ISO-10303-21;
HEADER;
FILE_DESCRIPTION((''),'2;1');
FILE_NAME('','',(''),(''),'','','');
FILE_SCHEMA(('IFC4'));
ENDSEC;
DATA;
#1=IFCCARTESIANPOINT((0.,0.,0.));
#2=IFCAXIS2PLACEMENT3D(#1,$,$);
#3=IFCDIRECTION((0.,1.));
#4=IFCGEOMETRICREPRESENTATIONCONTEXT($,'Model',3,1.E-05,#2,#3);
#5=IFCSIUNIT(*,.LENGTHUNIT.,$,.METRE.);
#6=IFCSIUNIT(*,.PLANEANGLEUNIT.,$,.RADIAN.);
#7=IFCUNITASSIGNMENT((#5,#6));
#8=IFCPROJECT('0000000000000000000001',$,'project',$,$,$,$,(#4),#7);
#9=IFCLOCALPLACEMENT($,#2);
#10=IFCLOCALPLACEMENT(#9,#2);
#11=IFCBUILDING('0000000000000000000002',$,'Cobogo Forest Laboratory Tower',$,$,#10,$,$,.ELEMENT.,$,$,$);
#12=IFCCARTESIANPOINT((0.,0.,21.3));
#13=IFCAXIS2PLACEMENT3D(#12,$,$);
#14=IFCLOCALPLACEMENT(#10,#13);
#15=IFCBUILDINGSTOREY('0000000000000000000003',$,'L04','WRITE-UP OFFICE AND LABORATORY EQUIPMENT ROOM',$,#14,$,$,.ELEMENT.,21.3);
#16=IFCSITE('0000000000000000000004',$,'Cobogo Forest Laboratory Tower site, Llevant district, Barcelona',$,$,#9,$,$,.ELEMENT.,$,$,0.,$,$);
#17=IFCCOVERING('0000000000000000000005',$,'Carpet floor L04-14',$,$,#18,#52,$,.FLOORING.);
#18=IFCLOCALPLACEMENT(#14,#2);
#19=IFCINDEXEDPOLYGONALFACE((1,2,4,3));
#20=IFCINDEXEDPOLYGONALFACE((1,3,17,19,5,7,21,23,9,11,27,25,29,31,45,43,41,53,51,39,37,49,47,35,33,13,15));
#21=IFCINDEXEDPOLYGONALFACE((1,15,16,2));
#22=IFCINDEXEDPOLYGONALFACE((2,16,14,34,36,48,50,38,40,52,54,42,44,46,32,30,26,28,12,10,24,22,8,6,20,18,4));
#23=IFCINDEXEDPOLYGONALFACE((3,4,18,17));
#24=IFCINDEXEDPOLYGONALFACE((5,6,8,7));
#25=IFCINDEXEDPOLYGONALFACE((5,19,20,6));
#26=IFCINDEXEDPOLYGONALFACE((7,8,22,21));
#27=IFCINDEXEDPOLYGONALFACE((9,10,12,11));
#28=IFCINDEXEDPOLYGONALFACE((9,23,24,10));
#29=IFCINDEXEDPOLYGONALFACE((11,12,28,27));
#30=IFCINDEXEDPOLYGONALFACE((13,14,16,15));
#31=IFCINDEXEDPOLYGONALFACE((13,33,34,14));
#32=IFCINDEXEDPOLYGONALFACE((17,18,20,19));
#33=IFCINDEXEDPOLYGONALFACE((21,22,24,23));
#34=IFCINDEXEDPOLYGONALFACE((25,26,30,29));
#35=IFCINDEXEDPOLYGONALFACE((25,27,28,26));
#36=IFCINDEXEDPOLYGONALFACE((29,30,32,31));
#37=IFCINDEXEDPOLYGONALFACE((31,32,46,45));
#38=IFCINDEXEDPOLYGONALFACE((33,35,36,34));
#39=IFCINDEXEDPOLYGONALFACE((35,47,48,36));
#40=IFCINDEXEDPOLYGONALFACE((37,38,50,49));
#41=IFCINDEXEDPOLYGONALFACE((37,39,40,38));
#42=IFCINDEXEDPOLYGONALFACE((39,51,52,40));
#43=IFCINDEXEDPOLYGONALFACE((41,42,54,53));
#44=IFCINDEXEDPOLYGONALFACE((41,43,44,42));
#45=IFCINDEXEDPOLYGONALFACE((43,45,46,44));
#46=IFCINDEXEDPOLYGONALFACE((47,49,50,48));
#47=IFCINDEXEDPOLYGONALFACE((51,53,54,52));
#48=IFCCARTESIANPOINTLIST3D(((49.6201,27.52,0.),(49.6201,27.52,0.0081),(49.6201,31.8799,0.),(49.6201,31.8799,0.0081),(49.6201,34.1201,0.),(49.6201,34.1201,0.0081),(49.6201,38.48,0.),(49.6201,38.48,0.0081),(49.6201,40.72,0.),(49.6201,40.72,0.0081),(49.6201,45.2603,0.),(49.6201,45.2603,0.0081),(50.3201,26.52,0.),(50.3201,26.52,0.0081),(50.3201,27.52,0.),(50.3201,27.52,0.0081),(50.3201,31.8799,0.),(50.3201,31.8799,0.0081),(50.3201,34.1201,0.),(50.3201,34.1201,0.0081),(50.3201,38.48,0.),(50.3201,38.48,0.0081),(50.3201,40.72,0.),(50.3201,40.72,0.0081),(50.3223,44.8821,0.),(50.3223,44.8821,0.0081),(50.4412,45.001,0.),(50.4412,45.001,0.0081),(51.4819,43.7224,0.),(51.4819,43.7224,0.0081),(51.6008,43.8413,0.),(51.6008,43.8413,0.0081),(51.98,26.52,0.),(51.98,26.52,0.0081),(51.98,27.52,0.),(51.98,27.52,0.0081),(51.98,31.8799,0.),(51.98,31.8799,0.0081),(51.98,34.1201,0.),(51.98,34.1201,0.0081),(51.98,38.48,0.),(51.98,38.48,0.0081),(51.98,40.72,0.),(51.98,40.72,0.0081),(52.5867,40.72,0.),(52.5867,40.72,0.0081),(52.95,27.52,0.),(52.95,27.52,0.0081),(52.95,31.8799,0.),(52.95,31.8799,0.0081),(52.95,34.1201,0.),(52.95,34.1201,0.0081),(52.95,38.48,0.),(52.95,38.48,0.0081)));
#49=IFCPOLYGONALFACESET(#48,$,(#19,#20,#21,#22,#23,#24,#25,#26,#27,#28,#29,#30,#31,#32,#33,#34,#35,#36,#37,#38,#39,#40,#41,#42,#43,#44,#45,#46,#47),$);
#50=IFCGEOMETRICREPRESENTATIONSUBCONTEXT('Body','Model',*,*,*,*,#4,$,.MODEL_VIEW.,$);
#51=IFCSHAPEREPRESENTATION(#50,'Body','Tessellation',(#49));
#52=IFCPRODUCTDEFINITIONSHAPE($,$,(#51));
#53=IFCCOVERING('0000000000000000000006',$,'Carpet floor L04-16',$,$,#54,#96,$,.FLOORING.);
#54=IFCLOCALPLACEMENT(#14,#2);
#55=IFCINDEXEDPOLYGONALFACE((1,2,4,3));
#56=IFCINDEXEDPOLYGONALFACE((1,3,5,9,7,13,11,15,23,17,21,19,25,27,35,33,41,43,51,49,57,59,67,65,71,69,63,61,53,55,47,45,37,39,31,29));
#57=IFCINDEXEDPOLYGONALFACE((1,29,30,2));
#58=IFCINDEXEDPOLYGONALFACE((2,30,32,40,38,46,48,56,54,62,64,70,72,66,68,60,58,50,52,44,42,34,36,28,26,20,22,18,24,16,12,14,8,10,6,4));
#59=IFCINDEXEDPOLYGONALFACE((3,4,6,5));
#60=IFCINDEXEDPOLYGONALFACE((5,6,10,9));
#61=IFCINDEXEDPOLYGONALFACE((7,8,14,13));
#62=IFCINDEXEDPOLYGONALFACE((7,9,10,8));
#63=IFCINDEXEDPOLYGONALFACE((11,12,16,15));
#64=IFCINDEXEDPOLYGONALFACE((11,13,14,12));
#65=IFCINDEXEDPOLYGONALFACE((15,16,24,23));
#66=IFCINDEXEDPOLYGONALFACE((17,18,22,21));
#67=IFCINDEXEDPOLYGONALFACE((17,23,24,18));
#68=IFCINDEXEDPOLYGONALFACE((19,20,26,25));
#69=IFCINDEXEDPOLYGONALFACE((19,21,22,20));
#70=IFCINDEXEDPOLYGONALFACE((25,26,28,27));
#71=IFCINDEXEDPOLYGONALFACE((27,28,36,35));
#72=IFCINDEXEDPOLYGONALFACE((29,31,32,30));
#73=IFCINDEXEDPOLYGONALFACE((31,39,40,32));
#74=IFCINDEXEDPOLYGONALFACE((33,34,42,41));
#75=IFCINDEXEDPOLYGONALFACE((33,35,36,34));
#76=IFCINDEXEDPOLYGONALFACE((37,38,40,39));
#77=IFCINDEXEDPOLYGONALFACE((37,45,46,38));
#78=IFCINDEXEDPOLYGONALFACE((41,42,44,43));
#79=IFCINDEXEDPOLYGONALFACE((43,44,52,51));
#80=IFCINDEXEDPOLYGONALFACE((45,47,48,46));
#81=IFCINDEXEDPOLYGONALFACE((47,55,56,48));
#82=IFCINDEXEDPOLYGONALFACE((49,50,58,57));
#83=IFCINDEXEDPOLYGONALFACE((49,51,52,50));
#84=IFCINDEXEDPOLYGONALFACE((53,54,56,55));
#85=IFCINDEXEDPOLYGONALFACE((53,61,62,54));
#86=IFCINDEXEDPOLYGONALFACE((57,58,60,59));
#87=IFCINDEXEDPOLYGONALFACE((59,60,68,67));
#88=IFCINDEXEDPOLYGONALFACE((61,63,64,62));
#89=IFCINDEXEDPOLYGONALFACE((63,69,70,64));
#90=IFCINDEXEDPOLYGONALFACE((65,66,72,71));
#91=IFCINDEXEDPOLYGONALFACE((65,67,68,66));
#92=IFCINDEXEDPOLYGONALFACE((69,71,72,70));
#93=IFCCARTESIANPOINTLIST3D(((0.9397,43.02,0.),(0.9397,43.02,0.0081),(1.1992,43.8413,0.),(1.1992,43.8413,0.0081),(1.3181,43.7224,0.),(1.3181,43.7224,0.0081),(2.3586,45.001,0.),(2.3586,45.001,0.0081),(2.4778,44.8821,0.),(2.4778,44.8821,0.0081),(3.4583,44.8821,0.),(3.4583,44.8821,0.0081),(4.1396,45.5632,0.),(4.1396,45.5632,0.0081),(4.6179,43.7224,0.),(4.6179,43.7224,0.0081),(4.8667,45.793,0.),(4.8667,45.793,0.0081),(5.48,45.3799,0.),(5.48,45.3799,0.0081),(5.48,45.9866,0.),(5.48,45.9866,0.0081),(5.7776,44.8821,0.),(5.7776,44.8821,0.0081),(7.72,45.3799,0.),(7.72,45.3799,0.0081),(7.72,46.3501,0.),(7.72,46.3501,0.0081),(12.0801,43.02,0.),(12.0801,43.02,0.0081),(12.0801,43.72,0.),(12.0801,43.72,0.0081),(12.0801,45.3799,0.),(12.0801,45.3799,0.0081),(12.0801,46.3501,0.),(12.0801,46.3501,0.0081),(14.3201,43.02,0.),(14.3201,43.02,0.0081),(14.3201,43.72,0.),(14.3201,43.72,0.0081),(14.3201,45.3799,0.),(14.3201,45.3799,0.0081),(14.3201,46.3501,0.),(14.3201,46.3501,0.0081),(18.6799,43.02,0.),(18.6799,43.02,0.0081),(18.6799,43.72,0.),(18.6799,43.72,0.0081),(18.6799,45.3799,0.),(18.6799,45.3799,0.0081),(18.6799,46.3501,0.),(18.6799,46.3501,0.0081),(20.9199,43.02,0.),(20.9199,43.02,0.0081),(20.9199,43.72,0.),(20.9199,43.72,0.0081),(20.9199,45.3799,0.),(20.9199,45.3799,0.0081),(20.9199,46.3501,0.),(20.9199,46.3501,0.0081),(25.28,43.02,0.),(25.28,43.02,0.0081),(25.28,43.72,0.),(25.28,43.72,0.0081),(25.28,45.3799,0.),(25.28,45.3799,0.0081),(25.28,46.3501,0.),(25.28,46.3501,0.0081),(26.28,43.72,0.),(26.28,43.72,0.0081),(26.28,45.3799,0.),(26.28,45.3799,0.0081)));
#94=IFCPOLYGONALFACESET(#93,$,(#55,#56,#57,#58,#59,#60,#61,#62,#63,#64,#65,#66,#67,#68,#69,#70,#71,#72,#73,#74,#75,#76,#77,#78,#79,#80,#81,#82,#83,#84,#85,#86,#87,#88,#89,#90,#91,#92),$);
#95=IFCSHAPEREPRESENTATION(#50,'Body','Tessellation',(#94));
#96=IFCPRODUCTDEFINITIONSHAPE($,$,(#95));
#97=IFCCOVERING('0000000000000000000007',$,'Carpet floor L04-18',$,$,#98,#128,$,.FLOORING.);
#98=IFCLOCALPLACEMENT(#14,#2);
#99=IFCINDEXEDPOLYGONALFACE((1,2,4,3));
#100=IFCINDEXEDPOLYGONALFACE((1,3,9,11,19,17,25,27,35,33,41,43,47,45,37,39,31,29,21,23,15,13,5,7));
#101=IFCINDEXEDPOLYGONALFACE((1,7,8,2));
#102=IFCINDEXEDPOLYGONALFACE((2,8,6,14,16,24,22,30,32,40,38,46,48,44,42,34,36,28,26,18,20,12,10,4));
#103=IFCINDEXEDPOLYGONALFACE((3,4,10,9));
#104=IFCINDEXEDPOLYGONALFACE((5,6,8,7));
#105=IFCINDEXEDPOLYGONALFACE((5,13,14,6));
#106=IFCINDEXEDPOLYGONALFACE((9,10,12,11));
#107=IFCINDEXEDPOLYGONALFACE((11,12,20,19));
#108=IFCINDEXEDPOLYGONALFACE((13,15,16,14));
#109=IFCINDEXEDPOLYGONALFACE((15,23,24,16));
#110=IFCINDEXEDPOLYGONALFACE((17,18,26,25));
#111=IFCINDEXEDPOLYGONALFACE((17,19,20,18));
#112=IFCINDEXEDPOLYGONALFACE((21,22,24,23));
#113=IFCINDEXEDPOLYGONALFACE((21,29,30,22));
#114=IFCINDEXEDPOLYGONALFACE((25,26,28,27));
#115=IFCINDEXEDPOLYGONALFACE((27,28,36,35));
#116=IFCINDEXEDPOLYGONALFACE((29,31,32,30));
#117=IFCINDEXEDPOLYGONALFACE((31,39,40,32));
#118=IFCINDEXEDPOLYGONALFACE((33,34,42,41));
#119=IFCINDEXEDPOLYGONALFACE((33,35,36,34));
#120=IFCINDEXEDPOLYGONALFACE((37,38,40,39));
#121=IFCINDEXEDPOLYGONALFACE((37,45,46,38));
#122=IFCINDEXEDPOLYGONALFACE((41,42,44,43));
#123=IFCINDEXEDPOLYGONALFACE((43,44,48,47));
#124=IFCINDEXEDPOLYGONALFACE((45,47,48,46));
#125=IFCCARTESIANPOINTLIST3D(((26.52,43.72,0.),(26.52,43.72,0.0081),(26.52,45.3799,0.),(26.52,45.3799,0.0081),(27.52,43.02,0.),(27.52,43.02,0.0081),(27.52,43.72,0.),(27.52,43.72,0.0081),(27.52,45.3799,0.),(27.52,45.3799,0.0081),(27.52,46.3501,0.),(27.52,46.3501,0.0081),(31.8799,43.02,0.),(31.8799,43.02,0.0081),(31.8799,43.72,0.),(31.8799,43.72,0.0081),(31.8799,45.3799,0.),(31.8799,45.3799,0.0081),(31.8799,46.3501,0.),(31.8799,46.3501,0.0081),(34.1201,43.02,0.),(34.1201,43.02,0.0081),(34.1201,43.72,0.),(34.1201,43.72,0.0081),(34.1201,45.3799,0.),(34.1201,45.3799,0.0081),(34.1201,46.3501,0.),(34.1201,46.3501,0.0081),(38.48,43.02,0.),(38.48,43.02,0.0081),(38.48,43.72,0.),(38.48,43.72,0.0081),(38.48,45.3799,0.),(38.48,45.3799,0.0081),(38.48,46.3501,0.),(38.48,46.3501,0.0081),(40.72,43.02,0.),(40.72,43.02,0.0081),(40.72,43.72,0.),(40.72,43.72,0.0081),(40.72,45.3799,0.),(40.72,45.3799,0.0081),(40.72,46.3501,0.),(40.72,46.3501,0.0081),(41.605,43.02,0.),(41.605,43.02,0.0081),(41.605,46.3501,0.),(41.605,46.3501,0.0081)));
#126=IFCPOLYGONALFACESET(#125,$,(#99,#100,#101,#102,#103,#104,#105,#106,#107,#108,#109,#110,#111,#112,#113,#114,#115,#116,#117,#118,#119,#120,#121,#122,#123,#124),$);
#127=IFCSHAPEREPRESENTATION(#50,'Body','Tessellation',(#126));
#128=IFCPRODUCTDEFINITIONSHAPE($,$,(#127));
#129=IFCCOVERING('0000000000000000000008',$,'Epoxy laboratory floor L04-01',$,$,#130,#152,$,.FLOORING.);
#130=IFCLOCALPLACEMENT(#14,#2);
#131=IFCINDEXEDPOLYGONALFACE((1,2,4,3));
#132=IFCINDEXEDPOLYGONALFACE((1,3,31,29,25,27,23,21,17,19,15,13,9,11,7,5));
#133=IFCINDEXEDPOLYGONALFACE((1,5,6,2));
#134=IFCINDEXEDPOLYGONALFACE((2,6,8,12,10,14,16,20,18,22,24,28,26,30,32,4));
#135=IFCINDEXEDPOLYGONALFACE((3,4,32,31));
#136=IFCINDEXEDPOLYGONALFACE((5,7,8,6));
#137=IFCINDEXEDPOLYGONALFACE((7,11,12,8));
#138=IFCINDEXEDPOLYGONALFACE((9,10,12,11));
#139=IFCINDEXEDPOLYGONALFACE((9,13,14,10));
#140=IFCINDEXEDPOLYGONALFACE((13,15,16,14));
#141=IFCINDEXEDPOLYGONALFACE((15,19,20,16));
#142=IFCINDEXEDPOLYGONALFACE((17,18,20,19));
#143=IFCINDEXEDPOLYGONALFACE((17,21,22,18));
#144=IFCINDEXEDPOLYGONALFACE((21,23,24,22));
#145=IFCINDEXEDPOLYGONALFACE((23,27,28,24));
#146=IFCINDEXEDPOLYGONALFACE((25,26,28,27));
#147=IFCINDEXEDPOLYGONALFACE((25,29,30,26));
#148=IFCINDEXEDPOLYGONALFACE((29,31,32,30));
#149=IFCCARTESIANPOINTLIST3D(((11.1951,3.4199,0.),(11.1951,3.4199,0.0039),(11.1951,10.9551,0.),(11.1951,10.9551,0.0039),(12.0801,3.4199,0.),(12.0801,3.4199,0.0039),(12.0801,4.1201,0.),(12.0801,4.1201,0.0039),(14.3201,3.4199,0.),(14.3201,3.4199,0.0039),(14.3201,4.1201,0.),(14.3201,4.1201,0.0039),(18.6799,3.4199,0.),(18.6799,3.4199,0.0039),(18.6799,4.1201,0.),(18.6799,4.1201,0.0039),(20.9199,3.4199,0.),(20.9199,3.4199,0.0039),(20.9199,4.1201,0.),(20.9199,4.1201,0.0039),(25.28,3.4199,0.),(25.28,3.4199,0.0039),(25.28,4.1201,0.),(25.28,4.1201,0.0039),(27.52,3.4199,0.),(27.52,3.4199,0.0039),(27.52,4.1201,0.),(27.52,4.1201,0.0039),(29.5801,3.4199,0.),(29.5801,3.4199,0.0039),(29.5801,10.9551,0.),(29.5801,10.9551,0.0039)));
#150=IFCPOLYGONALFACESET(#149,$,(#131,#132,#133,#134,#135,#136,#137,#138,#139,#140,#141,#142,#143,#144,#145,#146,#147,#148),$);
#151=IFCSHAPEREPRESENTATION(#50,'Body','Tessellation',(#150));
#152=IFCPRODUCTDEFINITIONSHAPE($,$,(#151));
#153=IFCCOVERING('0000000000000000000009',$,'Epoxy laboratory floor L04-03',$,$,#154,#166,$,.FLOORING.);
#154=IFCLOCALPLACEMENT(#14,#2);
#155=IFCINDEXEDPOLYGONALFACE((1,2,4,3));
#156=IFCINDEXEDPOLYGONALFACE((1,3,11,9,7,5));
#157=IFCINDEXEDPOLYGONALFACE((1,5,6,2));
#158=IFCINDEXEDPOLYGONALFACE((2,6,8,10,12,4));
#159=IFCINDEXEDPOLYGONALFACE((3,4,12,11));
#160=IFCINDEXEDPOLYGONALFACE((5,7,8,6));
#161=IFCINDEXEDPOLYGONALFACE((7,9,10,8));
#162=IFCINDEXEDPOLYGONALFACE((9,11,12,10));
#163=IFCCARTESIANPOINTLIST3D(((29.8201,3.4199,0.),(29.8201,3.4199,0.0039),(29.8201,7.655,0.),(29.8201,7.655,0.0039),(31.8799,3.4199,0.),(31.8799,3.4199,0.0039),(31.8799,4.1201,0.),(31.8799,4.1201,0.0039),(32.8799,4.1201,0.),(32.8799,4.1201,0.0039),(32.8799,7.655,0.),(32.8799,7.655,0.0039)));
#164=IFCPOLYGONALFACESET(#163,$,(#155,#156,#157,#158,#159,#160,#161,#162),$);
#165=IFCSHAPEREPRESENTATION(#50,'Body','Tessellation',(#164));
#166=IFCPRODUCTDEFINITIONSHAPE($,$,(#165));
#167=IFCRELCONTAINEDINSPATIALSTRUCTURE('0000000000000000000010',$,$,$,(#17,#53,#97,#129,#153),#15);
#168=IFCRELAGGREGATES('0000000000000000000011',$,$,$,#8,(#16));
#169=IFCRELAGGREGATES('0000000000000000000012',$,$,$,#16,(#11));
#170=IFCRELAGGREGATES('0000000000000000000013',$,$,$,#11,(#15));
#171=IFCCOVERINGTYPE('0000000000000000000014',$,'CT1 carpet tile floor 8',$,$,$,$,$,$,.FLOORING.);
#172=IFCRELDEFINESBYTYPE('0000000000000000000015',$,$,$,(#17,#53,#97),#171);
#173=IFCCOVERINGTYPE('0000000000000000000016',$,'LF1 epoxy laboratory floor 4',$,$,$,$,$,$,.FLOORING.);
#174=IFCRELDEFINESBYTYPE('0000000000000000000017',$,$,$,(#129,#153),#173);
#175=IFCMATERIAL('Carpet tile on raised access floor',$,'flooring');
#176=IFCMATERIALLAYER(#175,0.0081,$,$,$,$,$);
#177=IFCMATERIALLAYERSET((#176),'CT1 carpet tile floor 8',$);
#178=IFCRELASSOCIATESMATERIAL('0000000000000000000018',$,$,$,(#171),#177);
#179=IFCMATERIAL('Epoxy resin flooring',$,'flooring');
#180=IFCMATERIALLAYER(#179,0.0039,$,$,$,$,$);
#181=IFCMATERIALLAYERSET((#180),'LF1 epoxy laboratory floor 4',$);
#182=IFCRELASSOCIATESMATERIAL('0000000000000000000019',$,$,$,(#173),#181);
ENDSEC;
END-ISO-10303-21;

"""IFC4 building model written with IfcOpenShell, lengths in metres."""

from ifc_helpers import new_model, si_unit, direction, frame, origin, place, context, subcontext, project, spatial, polyline, outline, extrude, material, layer, layer_set, type_object, element, save


model = new_model("IFC4")

# Units and contexts
model_context = context("Model", 3, precision=1e-05, world=origin(), true_north=direction((0.0, 1.0)))
body_context = subcontext(model_context, "Body", "Model", "MODEL_VIEW")
ifc_project = project(units=[si_unit("LENGTHUNIT", "METRE"), si_unit("PLANEANGLEUNIT", "RADIAN")], contexts=[model_context])

# Site, building, storey
site_placement = place(None, origin())
site = spatial("IfcSite", under=ifc_project, at=site_placement, Name="Cobogo Forest Laboratory Tower site, Llevant district, Barcelona", CompositionType="ELEMENT", RefElevation=0.0)
building_placement = place(site_placement, origin())
building = spatial("IfcBuilding", under=site, at=building_placement, Name="Cobogo Forest Laboratory Tower", CompositionType="ELEMENT")
storey_placement = place(building_placement, frame((0.0, 0.0, 21.3)))
storey = spatial("IfcBuildingStorey", under=building, at=storey_placement, Name="L04", Description="WRITE-UP OFFICE AND LABORATORY EQUIPMENT ROOM", CompositionType="ELEMENT", Elevation=21.3)

# Coverings
ifc_material_1 = material(Name="Carpet tile on raised access floor", Category="flooring")
ifc_layer_1 = layer(ifc_material_1, 0.0081)
ifc_layer_set_1 = layer_set([ifc_layer_1], Name="CT1 carpet tile floor 8")
covering_type_1 = type_object("IfcCoveringType", Name="CT1 carpet tile floor 8", PredefinedType="FLOORING", material=ifc_layer_set_1)
covering_1_placement = place(storey_placement, origin())
element("IfcCovering", 1, at=covering_1_placement, inside=storey, type_object=covering_type_1, Name="Carpet floor L04-14", PredefinedType="FLOORING", context=body_context, shape_type="SweptSolid", body=[
    extrude(outline(polyline([(49.6201, 31.8799), (50.3201, 31.8799), (50.3201, 34.1201), (49.6201, 34.1201), (49.6201, 38.48), (50.3201, 38.48), (50.3201, 40.72), (49.6201, 40.72), (49.6201, 45.2603), (50.4412, 45.001), (50.3223, 44.8821), (51.4819, 43.7224), (51.6008, 43.8413), (52.5867, 40.72), (51.98, 40.72), (51.98, 38.48), (52.95, 38.48), (52.95, 34.1201), (51.98, 34.1201), (51.98, 31.8799), (52.95, 31.8799), (52.95, 27.52), (51.98, 27.52), (51.98, 26.52), (50.3201, 26.52), (50.3201, 27.52), (49.6201, 27.52), (49.6201, 31.8799)])), origin(), (0.0, 0.0, 1.0), 0.0081),
])
covering_2_placement = place(storey_placement, origin())
element("IfcCovering", 2, at=covering_2_placement, inside=storey, type_object=covering_type_1, Name="Carpet floor L04-16", PredefinedType="FLOORING", context=body_context, shape_type="SweptSolid", body=[
    extrude(outline(polyline([(20.9199, 43.02), (20.9199, 43.72), (18.6799, 43.72), (18.6799, 43.02), (14.3201, 43.02), (14.3201, 43.72), (12.0801, 43.72), (12.0801, 43.02), (0.9397, 43.02), (1.1992, 43.8413), (1.3181, 43.7224), (2.4778, 44.8821), (2.3586, 45.001), (4.1396, 45.5632), (3.4583, 44.8821), (4.6179, 43.7224), (5.7776, 44.8821), (4.8667, 45.793), (5.48, 45.9866), (5.48, 45.3799), (7.72, 45.3799), (7.72, 46.3501), (12.0801, 46.3501), (12.0801, 45.3799), (14.3201, 45.3799), (14.3201, 46.3501), (18.6799, 46.3501), (18.6799, 45.3799), (20.9199, 45.3799), (20.9199, 46.3501), (25.28, 46.3501), (25.28, 45.3799), (26.28, 45.3799), (26.28, 43.72), (25.28, 43.72), (25.28, 43.02), (20.9199, 43.02)])), origin(), (0.0, 0.0, 1.0), 0.0081),
])
covering_3_placement = place(storey_placement, origin())
element("IfcCovering", 3, at=covering_3_placement, inside=storey, type_object=covering_type_1, Name="Carpet floor L04-18", PredefinedType="FLOORING", context=body_context, shape_type="SweptSolid", body=[
    extrude(outline(polyline([(40.72, 43.02), (40.72, 43.72), (38.48, 43.72), (38.48, 43.02), (34.1201, 43.02), (34.1201, 43.72), (31.8799, 43.72), (31.8799, 43.02), (27.52, 43.02), (27.52, 43.72), (26.52, 43.72), (26.52, 45.3799), (27.52, 45.3799), (27.52, 46.3501), (31.8799, 46.3501), (31.8799, 45.3799), (34.1201, 45.3799), (34.1201, 46.3501), (38.48, 46.3501), (38.48, 45.3799), (40.72, 45.3799), (40.72, 46.3501), (41.605, 46.3501), (41.605, 43.02), (40.72, 43.02)])), origin(), (0.0, 0.0, 1.0), 0.0081),
])
ifc_material_2 = material(Name="Epoxy resin flooring", Category="flooring")
ifc_layer_2 = layer(ifc_material_2, 0.0039)
ifc_layer_set_2 = layer_set([ifc_layer_2], Name="LF1 epoxy laboratory floor 4")
covering_type_2 = type_object("IfcCoveringType", Name="LF1 epoxy laboratory floor 4", PredefinedType="FLOORING", material=ifc_layer_set_2)
covering_4_placement = place(storey_placement, origin())
element("IfcCovering", 4, at=covering_4_placement, inside=storey, type_object=covering_type_2, Name="Epoxy laboratory floor L04-01", PredefinedType="FLOORING", context=body_context, shape_type="SweptSolid", body=[
    extrude(outline(polyline([(11.1951, 10.9551), (29.5801, 10.9551), (29.5801, 3.4199), (27.52, 3.4199), (27.52, 4.1201), (25.28, 4.1201), (25.28, 3.4199), (20.9199, 3.4199), (20.9199, 4.1201), (18.6799, 4.1201), (18.6799, 3.4199), (14.3201, 3.4199), (14.3201, 4.1201), (12.0801, 4.1201), (12.0801, 3.4199), (11.1951, 3.4199), (11.1951, 10.9551)])), origin(), (0.0, 0.0, 1.0), 0.0039),
])
covering_5_placement = place(storey_placement, origin())
element("IfcCovering", 5, at=covering_5_placement, inside=storey, type_object=covering_type_2, Name="Epoxy laboratory floor L04-03", PredefinedType="FLOORING", context=body_context, shape_type="SweptSolid", body=[
    extrude(outline(polyline([(29.8201, 7.655), (32.8799, 7.655), (32.8799, 4.1201), (31.8799, 4.1201), (31.8799, 3.4199), (29.8201, 3.4199), (29.8201, 7.655)])), origin(), (0.0, 0.0, 1.0), 0.0039),
])

save(model, "model.ifc")
